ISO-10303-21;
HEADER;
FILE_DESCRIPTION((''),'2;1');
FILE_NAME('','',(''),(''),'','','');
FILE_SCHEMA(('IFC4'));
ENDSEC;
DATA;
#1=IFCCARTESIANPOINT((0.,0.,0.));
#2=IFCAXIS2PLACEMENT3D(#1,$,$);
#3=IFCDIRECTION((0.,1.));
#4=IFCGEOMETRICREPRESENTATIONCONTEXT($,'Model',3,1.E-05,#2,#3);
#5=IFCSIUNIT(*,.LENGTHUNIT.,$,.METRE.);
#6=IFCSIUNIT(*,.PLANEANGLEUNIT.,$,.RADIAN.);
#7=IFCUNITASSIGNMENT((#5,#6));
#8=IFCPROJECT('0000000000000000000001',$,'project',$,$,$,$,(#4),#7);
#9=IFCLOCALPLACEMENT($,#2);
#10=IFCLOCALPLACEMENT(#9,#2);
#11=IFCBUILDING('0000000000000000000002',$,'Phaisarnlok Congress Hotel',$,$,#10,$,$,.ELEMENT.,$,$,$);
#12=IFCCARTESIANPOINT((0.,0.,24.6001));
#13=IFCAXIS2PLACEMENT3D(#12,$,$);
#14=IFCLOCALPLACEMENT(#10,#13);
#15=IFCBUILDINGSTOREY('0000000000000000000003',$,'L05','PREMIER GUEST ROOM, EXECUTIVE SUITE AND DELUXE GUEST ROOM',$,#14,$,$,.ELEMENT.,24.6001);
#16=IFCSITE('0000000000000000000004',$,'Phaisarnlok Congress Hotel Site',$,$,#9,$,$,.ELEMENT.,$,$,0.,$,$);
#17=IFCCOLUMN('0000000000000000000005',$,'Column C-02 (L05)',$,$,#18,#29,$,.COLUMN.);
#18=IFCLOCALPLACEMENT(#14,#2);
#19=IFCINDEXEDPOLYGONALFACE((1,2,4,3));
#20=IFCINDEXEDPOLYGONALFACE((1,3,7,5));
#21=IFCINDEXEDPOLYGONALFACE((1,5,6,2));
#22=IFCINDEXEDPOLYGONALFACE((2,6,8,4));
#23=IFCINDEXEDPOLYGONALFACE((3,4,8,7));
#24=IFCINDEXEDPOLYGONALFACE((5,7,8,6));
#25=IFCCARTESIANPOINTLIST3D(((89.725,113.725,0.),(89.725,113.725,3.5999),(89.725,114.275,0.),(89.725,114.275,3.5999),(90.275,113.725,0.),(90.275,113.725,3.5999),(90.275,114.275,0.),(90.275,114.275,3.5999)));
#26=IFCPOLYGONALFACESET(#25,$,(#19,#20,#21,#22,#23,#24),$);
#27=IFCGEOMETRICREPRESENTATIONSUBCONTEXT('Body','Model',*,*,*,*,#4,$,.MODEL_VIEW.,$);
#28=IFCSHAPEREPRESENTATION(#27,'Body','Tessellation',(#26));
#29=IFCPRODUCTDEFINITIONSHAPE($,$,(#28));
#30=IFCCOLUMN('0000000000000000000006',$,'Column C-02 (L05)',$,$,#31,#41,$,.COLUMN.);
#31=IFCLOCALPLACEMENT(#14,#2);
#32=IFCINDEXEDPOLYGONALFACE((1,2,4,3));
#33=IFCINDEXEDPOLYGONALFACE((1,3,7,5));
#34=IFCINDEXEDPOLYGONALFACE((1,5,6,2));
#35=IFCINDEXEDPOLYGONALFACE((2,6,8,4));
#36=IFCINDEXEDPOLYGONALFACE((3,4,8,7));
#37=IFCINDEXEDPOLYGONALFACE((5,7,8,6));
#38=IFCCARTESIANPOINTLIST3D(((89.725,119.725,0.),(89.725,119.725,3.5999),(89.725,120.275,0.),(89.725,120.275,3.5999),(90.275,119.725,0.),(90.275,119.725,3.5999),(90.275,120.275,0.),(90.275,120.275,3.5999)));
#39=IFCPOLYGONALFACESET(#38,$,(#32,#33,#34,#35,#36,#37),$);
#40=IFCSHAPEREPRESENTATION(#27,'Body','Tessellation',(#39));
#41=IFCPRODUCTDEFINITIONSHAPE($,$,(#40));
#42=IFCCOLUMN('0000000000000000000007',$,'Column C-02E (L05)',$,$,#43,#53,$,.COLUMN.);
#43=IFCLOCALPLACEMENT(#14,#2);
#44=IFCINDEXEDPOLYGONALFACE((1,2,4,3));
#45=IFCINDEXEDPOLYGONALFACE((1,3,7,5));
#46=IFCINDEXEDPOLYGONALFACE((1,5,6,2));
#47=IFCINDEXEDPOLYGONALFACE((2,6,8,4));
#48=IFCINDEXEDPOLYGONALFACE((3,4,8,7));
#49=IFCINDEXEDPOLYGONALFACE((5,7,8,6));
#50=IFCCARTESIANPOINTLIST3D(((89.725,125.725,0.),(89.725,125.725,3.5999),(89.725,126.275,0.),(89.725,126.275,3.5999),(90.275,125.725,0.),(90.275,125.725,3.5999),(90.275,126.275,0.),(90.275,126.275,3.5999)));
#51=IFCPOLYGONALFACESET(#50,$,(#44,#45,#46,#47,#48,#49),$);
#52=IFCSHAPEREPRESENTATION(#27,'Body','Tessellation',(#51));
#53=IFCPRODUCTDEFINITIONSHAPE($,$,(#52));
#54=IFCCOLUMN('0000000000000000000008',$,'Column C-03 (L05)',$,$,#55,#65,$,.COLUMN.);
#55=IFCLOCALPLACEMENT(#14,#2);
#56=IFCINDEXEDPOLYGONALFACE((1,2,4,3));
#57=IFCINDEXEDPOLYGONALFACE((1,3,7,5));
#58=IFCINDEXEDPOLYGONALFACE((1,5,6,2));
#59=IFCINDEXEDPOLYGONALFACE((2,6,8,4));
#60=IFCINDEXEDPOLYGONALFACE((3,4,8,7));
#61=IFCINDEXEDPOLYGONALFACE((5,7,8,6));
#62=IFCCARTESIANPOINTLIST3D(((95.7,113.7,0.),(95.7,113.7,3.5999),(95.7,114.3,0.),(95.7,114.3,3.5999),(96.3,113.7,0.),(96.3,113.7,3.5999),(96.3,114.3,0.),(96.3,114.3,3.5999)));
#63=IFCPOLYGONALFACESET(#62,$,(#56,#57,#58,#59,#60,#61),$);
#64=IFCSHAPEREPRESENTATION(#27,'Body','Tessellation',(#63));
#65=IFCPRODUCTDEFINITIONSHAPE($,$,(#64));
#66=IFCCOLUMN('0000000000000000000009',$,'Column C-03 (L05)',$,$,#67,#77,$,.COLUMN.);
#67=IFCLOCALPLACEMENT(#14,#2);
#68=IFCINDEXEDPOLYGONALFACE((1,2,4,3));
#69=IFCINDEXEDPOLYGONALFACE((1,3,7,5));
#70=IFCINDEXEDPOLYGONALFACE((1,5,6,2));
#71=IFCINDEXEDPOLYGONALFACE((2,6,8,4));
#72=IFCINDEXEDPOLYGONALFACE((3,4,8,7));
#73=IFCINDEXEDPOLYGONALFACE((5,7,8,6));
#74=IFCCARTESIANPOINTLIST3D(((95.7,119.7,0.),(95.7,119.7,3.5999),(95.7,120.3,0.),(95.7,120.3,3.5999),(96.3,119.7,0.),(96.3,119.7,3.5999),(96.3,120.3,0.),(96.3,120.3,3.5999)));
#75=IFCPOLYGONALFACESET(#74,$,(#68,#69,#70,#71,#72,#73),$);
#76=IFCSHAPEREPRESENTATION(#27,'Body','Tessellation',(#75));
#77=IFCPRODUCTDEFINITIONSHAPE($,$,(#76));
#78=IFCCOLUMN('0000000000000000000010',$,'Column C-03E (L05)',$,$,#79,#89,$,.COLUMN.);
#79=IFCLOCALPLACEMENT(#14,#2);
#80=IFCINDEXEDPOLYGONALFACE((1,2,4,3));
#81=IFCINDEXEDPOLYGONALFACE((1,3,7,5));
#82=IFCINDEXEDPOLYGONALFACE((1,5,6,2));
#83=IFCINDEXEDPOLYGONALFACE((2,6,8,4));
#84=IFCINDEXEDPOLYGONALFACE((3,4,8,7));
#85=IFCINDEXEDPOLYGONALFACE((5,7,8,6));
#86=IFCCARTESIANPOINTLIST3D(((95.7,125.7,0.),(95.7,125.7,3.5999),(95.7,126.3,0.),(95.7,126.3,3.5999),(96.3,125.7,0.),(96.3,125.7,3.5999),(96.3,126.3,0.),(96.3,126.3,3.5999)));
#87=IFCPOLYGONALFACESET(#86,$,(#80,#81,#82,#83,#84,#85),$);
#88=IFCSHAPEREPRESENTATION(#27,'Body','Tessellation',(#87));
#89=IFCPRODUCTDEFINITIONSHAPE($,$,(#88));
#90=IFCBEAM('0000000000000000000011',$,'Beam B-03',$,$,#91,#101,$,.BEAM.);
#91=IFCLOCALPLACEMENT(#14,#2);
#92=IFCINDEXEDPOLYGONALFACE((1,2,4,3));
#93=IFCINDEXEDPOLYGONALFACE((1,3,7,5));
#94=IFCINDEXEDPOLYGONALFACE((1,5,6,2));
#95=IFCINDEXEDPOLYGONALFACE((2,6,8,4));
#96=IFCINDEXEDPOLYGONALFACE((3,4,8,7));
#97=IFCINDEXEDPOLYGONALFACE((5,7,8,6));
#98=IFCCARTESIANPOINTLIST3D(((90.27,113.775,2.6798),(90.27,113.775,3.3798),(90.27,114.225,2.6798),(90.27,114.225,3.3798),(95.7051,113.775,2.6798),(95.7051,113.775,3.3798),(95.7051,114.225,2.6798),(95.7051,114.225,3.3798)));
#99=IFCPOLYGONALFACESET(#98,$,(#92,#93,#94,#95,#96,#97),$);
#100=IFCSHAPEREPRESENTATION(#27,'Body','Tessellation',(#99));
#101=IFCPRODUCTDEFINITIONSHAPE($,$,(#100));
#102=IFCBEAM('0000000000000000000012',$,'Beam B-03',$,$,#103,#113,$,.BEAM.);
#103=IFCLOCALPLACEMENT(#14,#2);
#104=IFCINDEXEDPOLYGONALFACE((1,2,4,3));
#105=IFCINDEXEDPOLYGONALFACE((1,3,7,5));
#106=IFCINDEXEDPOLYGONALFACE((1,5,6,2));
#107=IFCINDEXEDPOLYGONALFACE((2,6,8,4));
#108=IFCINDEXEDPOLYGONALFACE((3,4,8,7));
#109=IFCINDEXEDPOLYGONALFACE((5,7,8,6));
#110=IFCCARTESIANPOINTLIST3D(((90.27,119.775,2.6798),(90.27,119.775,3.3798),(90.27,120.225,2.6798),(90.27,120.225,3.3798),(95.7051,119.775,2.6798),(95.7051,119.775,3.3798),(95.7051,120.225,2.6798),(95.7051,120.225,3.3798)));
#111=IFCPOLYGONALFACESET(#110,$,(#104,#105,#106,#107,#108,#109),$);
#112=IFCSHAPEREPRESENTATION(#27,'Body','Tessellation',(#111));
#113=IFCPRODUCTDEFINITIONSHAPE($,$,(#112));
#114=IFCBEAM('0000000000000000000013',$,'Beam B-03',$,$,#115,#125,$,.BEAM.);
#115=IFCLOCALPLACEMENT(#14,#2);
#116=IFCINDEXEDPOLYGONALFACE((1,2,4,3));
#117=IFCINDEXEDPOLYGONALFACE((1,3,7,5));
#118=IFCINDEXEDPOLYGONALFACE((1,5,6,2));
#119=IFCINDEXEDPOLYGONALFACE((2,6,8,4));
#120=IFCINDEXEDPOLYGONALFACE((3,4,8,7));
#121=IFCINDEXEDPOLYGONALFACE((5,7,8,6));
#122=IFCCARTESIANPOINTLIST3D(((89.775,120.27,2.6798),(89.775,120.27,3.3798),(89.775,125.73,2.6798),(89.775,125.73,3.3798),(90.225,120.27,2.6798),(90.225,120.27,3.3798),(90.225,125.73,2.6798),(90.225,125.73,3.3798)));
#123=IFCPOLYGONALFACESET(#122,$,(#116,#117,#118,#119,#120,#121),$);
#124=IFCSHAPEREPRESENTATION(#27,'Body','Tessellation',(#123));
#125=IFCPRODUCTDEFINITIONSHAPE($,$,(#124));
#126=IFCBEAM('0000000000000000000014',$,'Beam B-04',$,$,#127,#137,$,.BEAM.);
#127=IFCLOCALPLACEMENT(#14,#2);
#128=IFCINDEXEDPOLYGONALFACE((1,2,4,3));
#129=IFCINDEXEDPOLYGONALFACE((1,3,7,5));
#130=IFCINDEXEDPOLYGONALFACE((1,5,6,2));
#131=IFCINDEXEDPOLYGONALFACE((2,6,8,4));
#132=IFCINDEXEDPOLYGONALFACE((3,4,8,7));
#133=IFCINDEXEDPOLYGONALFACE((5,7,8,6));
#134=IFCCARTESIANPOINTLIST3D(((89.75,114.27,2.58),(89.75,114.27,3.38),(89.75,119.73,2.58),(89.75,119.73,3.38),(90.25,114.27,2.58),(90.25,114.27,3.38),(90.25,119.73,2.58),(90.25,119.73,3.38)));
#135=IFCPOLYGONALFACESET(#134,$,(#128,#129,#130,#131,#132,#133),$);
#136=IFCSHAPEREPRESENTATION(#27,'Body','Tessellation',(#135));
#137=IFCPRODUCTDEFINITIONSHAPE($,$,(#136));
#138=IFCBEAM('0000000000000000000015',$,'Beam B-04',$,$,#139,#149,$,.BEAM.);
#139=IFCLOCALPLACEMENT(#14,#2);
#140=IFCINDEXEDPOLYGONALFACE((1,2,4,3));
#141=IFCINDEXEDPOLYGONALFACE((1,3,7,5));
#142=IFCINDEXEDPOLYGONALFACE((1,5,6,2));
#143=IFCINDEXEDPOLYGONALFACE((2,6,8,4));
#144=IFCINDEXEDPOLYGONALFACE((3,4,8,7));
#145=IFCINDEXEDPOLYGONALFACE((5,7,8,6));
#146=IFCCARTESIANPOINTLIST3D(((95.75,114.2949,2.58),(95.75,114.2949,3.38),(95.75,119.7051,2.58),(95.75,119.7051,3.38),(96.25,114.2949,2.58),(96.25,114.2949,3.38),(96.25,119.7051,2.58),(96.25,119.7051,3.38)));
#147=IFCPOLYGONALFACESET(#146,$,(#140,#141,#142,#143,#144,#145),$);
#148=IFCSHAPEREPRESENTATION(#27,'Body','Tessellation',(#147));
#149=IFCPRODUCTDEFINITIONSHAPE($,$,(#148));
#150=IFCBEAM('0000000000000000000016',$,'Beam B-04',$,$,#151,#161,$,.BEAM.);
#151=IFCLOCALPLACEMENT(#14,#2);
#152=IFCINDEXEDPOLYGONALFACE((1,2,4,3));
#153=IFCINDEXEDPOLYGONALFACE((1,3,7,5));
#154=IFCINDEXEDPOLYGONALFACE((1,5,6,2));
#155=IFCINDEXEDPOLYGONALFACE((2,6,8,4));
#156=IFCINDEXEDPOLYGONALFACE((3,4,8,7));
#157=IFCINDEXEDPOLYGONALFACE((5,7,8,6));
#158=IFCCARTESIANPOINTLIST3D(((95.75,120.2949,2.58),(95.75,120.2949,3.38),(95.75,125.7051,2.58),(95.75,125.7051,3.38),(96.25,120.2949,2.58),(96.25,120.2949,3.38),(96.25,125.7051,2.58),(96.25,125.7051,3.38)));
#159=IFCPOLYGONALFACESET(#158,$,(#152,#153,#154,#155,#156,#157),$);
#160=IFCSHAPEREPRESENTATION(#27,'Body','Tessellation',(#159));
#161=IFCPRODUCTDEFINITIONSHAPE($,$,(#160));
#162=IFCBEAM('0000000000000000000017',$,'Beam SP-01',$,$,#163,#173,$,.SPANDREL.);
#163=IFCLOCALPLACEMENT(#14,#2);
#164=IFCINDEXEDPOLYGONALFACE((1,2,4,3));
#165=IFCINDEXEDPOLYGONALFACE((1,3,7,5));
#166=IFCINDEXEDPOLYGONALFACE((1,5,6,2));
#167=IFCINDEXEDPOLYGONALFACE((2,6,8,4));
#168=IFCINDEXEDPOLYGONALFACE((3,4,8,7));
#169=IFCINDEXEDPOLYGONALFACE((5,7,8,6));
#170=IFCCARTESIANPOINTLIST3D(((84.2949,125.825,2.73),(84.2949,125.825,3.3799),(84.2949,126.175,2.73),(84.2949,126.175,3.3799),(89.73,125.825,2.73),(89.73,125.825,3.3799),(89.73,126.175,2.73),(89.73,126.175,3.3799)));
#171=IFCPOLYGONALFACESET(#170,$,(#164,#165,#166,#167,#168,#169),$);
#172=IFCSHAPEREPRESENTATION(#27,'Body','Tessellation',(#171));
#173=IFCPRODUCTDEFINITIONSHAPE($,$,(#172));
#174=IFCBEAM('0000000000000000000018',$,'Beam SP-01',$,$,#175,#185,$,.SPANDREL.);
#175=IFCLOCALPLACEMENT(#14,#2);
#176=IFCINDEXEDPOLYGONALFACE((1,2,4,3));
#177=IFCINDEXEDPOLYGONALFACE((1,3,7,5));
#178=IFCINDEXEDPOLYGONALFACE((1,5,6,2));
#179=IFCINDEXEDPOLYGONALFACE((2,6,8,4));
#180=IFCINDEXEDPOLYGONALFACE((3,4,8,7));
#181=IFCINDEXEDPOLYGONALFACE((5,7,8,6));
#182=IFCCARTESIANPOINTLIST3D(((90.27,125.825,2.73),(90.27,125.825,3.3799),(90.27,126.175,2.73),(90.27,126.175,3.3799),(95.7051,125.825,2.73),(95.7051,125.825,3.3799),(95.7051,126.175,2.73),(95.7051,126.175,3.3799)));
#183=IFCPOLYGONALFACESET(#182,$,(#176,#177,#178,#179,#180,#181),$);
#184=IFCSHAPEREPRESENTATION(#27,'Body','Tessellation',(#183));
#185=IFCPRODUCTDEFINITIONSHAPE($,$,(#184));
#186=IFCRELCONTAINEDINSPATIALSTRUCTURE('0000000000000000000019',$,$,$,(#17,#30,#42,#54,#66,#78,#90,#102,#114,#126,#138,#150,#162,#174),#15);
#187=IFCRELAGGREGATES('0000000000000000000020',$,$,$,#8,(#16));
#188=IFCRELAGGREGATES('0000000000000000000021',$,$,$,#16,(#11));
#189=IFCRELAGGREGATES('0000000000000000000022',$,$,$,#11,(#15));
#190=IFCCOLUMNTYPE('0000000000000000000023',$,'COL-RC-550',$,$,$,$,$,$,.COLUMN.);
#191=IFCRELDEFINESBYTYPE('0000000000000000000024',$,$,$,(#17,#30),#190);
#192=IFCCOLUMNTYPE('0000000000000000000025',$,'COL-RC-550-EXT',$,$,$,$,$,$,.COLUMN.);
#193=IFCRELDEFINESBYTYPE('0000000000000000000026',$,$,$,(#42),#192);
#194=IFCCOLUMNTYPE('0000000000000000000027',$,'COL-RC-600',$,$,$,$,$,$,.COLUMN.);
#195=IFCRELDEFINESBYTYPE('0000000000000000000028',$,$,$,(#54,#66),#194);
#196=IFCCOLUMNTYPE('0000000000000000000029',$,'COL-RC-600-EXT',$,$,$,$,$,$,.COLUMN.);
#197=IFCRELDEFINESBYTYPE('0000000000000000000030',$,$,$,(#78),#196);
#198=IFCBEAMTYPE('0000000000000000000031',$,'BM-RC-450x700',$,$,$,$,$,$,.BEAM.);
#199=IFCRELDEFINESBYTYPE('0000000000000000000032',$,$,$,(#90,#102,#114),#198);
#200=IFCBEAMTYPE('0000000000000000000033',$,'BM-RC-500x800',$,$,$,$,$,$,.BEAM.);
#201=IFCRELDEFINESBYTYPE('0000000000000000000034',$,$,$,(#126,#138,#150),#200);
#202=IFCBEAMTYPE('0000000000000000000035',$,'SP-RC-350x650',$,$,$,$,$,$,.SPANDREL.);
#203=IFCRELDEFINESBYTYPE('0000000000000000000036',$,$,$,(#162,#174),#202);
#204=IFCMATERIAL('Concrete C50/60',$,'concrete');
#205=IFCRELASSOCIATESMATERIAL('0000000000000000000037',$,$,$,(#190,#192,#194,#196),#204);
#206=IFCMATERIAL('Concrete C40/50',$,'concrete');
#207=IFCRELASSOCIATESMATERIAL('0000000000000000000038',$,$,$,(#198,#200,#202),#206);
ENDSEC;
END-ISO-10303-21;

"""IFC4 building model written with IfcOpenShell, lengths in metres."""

from ifc_helpers import new_model, si_unit, direction, frame, origin, origin_2d, place, context, subcontext, project, spatial, rectangle, extrude, material, material_profile, profile_set, type_object, element, save


model = new_model("IFC4")

# Units and contexts
model_context = context("Model", 3, precision=1e-05, world=origin(), true_north=direction((0.0, 1.0)))
body_context = subcontext(model_context, "Body", "Model", "MODEL_VIEW")
ifc_project = project(units=[si_unit("LENGTHUNIT", "METRE"), si_unit("PLANEANGLEUNIT", "RADIAN")], contexts=[model_context])

# Site, building, storey
site_placement = place(None, origin())
site = spatial("IfcSite", under=ifc_project, at=site_placement, Name="Phaisarnlok Congress Hotel Site", CompositionType="ELEMENT", RefElevation=0.0)
building_placement = place(site_placement, origin())
building = spatial("IfcBuilding", under=site, at=building_placement, Name="Phaisarnlok Congress Hotel", CompositionType="ELEMENT")
storey_placement = place(building_placement, frame((0.0, 0.0, 24.6001)))
storey = spatial("IfcBuildingStorey", under=building, at=storey_placement, Name="L05", Description="PREMIER GUEST ROOM, EXECUTIVE SUITE AND DELUXE GUEST ROOM", CompositionType="ELEMENT", Elevation=24.6001)

# Columns
ifc_material_1 = material(Name="Concrete C50/60", Category="concrete")
ifc_material_profile_1 = material_profile(ifc_material_1, rectangle(XDim=0.55, YDim=0.55, at=origin_2d()), Name="RC 550x550")
ifc_profile_set_1 = profile_set([ifc_material_profile_1], Name="Concrete C50/60")
column_type_1 = type_object("IfcColumnType", Name="COL-RC-550", PredefinedType="COLUMN", material=ifc_profile_set_1)
for number, where, z_axis, x_axis, name in (
    (1, (90.0, 114.0, 0.0), (0.0, 0.0, 1.0), (1.0, 0.0, 0.0), "Column C-02 (L05)"),
    (2, (90.0, 120.0, 0.0), (0.0, 0.0, 1.0), (1.0, 0.0, 0.0), "Column C-02 (L05)"),
):
    element("IfcColumn", number, at=place(storey_placement, frame(where, z_axis=z_axis, x_axis=x_axis)), inside=storey, type_object=column_type_1, Name=name, PredefinedType="COLUMN", context=body_context, shape_type="SweptSolid", body=[
        extrude(rectangle(XDim=0.55, YDim=0.55, at=origin_2d()), origin(), (0.0, 0.0, 1.0), 3.5999),
    ])
ifc_material_profile_2 = material_profile(ifc_material_1, rectangle(XDim=0.55, YDim=0.55, at=origin_2d()), Name="RC 550x550")
ifc_profile_set_2 = profile_set([ifc_material_profile_2], Name="Concrete C50/60")
column_type_2 = type_object("IfcColumnType", Name="COL-RC-550-EXT", PredefinedType="COLUMN", material=ifc_profile_set_2)
column_1_placement = place(storey_placement, frame((90.0, 126.0, 0.0), z_axis=(0.0, 0.0, 1.0), x_axis=(1.0, 0.0, 0.0)))
element("IfcColumn", 3, at=column_1_placement, inside=storey, type_object=column_type_2, Name="Column C-02E (L05)", PredefinedType="COLUMN", context=body_context, shape_type="SweptSolid", body=[
    extrude(rectangle(XDim=0.55, YDim=0.55, at=origin_2d()), origin(), (0.0, 0.0, 1.0), 3.5999),
])
ifc_material_profile_3 = material_profile(ifc_material_1, rectangle(XDim=0.6001, YDim=0.6001, at=origin_2d()), Name="RC 600x600")
ifc_profile_set_3 = profile_set([ifc_material_profile_3], Name="Concrete C50/60")
column_type_3 = type_object("IfcColumnType", Name="COL-RC-600", PredefinedType="COLUMN", material=ifc_profile_set_3)
for number, where, z_axis, x_axis, name in (
    (4, (96.0, 114.0, 0.0), (0.0, 0.0, 1.0), (1.0, 0.0, 0.0), "Column C-03 (L05)"),
    (5, (96.0, 120.0, 0.0), (0.0, 0.0, 1.0), (1.0, 0.0, 0.0), "Column C-03 (L05)"),
):
    element("IfcColumn", number, at=place(storey_placement, frame(where, z_axis=z_axis, x_axis=x_axis)), inside=storey, type_object=column_type_3, Name=name, PredefinedType="COLUMN", context=body_context, shape_type="SweptSolid", body=[
        extrude(rectangle(XDim=0.6001, YDim=0.6001, at=origin_2d()), origin(), (0.0, 0.0, 1.0), 3.5999),
    ])
ifc_material_profile_4 = material_profile(ifc_material_1, rectangle(XDim=0.6001, YDim=0.6001, at=origin_2d()), Name="RC 600x600")
ifc_profile_set_4 = profile_set([ifc_material_profile_4], Name="Concrete C50/60")
column_type_4 = type_object("IfcColumnType", Name="COL-RC-600-EXT", PredefinedType="COLUMN", material=ifc_profile_set_4)
column_2_placement = place(storey_placement, frame((96.0, 126.0, 0.0), z_axis=(0.0, 0.0, 1.0), x_axis=(1.0, 0.0, 0.0)))
element("IfcColumn", 6, at=column_2_placement, inside=storey, type_object=column_type_4, Name="Column C-03E (L05)", PredefinedType="COLUMN", context=body_context, shape_type="SweptSolid", body=[
    extrude(rectangle(XDim=0.6001, YDim=0.6001, at=origin_2d()), origin(), (0.0, 0.0, 1.0), 3.5999),
])

# Beams
ifc_material_2 = material(Name="Concrete C40/50", Category="concrete")
ifc_material_profile_5 = material_profile(ifc_material_2, rectangle(XDim=0.45, YDim=0.7, at=origin_2d()), Name="RC 450x700")
ifc_profile_set_5 = profile_set([ifc_material_profile_5], Name="Concrete C40/50")
beam_type_1 = type_object("IfcBeamType", Name="BM-RC-450x700", PredefinedType="BEAM", material=ifc_profile_set_5)
for number, where, z_axis, x_axis, name in (
    (7, (90.27, 114.0, 3.0298), (1.0, 0.0, 0.0), (0.0, 1.0, 0.0), "Beam B-03"),
    (8, (90.27, 120.0, 3.0298), (1.0, 0.0, 0.0), (0.0, 1.0, 0.0), "Beam B-03"),
):
    element("IfcBeam", number, at=place(storey_placement, frame(where, z_axis=z_axis, x_axis=x_axis)), inside=storey, type_object=beam_type_1, Name=name, PredefinedType="BEAM", context=body_context, shape_type="SweptSolid", body=[
        extrude(rectangle(XDim=0.45, YDim=0.7, at=origin_2d()), origin(), (0.0, 0.0, 1.0), 5.4351),
    ])
beam_1_placement = place(storey_placement, frame((90.0, 120.27, 3.0298), z_axis=(0.0, 1.0, 0.0), x_axis=(-1.0, 0.0, 0.0)))
element("IfcBeam", 9, at=beam_1_placement, inside=storey, type_object=beam_type_1, Name="Beam B-03", PredefinedType="BEAM", context=body_context, shape_type="SweptSolid", body=[
    extrude(rectangle(XDim=0.45, YDim=0.7, at=origin_2d()), origin(), (0.0, 0.0, 1.0), 5.46),
])
ifc_material_profile_6 = material_profile(ifc_material_2, rectangle(XDim=0.5, YDim=0.8, at=origin_2d()), Name="RC 500x800")
ifc_profile_set_6 = profile_set([ifc_material_profile_6], Name="Concrete C40/50")
beam_type_2 = type_object("IfcBeamType", Name="BM-RC-500x800", PredefinedType="BEAM", material=ifc_profile_set_6)
beam_2_placement = place(storey_placement, frame((90.0, 114.27, 2.98), z_axis=(0.0, 1.0, 0.0), x_axis=(-1.0, 0.0, 0.0)))
element("IfcBeam", 10, at=beam_2_placement, inside=storey, type_object=beam_type_2, Name="Beam B-04", PredefinedType="BEAM", context=body_context, shape_type="SweptSolid", body=[
    extrude(rectangle(XDim=0.5, YDim=0.8, at=origin_2d()), origin(), (0.0, 0.0, 1.0), 5.46),
])
for number, where, z_axis, x_axis, name in (
    (11, (96.0, 114.2949, 2.98), (0.0, 1.0, 0.0), (-1.0, 0.0, 0.0), "Beam B-04"),
    (12, (96.0, 120.2949, 2.98), (0.0, 1.0, 0.0), (-1.0, 0.0, 0.0), "Beam B-04"),
):
    element("IfcBeam", number, at=place(storey_placement, frame(where, z_axis=z_axis, x_axis=x_axis)), inside=storey, type_object=beam_type_2, Name=name, PredefinedType="BEAM", context=body_context, shape_type="SweptSolid", body=[
        extrude(rectangle(XDim=0.5, YDim=0.8, at=origin_2d()), origin(), (0.0, 0.0, 1.0), 5.4102),
    ])
ifc_material_profile_7 = material_profile(ifc_material_2, rectangle(XDim=0.3501, YDim=0.6499, at=origin_2d()), Name="RC 350x650")
ifc_profile_set_7 = profile_set([ifc_material_profile_7], Name="Concrete C40/50")
beam_type_3 = type_object("IfcBeamType", Name="SP-RC-350x650", PredefinedType="SPANDREL", material=ifc_profile_set_7)
for number, where, z_axis, x_axis, name in (
    (13, (84.2949, 126.0, 3.0549), (1.0, 0.0, 0.0), (0.0, 1.0, 0.0), "Beam SP-01"),
    (14, (90.27, 126.0, 3.0549), (1.0, 0.0, 0.0), (0.0, 1.0, 0.0), "Beam SP-01"),
):
    element("IfcBeam", number, at=place(storey_placement, frame(where, z_axis=z_axis, x_axis=x_axis)), inside=storey, type_object=beam_type_3, Name=name, PredefinedType="SPANDREL", context=body_context, shape_type="SweptSolid", body=[
        extrude(rectangle(XDim=0.3501, YDim=0.6499, at=origin_2d()), origin(), (0.0, 0.0, 1.0), 5.4351),
    ])

save(model, "model.ifc")
